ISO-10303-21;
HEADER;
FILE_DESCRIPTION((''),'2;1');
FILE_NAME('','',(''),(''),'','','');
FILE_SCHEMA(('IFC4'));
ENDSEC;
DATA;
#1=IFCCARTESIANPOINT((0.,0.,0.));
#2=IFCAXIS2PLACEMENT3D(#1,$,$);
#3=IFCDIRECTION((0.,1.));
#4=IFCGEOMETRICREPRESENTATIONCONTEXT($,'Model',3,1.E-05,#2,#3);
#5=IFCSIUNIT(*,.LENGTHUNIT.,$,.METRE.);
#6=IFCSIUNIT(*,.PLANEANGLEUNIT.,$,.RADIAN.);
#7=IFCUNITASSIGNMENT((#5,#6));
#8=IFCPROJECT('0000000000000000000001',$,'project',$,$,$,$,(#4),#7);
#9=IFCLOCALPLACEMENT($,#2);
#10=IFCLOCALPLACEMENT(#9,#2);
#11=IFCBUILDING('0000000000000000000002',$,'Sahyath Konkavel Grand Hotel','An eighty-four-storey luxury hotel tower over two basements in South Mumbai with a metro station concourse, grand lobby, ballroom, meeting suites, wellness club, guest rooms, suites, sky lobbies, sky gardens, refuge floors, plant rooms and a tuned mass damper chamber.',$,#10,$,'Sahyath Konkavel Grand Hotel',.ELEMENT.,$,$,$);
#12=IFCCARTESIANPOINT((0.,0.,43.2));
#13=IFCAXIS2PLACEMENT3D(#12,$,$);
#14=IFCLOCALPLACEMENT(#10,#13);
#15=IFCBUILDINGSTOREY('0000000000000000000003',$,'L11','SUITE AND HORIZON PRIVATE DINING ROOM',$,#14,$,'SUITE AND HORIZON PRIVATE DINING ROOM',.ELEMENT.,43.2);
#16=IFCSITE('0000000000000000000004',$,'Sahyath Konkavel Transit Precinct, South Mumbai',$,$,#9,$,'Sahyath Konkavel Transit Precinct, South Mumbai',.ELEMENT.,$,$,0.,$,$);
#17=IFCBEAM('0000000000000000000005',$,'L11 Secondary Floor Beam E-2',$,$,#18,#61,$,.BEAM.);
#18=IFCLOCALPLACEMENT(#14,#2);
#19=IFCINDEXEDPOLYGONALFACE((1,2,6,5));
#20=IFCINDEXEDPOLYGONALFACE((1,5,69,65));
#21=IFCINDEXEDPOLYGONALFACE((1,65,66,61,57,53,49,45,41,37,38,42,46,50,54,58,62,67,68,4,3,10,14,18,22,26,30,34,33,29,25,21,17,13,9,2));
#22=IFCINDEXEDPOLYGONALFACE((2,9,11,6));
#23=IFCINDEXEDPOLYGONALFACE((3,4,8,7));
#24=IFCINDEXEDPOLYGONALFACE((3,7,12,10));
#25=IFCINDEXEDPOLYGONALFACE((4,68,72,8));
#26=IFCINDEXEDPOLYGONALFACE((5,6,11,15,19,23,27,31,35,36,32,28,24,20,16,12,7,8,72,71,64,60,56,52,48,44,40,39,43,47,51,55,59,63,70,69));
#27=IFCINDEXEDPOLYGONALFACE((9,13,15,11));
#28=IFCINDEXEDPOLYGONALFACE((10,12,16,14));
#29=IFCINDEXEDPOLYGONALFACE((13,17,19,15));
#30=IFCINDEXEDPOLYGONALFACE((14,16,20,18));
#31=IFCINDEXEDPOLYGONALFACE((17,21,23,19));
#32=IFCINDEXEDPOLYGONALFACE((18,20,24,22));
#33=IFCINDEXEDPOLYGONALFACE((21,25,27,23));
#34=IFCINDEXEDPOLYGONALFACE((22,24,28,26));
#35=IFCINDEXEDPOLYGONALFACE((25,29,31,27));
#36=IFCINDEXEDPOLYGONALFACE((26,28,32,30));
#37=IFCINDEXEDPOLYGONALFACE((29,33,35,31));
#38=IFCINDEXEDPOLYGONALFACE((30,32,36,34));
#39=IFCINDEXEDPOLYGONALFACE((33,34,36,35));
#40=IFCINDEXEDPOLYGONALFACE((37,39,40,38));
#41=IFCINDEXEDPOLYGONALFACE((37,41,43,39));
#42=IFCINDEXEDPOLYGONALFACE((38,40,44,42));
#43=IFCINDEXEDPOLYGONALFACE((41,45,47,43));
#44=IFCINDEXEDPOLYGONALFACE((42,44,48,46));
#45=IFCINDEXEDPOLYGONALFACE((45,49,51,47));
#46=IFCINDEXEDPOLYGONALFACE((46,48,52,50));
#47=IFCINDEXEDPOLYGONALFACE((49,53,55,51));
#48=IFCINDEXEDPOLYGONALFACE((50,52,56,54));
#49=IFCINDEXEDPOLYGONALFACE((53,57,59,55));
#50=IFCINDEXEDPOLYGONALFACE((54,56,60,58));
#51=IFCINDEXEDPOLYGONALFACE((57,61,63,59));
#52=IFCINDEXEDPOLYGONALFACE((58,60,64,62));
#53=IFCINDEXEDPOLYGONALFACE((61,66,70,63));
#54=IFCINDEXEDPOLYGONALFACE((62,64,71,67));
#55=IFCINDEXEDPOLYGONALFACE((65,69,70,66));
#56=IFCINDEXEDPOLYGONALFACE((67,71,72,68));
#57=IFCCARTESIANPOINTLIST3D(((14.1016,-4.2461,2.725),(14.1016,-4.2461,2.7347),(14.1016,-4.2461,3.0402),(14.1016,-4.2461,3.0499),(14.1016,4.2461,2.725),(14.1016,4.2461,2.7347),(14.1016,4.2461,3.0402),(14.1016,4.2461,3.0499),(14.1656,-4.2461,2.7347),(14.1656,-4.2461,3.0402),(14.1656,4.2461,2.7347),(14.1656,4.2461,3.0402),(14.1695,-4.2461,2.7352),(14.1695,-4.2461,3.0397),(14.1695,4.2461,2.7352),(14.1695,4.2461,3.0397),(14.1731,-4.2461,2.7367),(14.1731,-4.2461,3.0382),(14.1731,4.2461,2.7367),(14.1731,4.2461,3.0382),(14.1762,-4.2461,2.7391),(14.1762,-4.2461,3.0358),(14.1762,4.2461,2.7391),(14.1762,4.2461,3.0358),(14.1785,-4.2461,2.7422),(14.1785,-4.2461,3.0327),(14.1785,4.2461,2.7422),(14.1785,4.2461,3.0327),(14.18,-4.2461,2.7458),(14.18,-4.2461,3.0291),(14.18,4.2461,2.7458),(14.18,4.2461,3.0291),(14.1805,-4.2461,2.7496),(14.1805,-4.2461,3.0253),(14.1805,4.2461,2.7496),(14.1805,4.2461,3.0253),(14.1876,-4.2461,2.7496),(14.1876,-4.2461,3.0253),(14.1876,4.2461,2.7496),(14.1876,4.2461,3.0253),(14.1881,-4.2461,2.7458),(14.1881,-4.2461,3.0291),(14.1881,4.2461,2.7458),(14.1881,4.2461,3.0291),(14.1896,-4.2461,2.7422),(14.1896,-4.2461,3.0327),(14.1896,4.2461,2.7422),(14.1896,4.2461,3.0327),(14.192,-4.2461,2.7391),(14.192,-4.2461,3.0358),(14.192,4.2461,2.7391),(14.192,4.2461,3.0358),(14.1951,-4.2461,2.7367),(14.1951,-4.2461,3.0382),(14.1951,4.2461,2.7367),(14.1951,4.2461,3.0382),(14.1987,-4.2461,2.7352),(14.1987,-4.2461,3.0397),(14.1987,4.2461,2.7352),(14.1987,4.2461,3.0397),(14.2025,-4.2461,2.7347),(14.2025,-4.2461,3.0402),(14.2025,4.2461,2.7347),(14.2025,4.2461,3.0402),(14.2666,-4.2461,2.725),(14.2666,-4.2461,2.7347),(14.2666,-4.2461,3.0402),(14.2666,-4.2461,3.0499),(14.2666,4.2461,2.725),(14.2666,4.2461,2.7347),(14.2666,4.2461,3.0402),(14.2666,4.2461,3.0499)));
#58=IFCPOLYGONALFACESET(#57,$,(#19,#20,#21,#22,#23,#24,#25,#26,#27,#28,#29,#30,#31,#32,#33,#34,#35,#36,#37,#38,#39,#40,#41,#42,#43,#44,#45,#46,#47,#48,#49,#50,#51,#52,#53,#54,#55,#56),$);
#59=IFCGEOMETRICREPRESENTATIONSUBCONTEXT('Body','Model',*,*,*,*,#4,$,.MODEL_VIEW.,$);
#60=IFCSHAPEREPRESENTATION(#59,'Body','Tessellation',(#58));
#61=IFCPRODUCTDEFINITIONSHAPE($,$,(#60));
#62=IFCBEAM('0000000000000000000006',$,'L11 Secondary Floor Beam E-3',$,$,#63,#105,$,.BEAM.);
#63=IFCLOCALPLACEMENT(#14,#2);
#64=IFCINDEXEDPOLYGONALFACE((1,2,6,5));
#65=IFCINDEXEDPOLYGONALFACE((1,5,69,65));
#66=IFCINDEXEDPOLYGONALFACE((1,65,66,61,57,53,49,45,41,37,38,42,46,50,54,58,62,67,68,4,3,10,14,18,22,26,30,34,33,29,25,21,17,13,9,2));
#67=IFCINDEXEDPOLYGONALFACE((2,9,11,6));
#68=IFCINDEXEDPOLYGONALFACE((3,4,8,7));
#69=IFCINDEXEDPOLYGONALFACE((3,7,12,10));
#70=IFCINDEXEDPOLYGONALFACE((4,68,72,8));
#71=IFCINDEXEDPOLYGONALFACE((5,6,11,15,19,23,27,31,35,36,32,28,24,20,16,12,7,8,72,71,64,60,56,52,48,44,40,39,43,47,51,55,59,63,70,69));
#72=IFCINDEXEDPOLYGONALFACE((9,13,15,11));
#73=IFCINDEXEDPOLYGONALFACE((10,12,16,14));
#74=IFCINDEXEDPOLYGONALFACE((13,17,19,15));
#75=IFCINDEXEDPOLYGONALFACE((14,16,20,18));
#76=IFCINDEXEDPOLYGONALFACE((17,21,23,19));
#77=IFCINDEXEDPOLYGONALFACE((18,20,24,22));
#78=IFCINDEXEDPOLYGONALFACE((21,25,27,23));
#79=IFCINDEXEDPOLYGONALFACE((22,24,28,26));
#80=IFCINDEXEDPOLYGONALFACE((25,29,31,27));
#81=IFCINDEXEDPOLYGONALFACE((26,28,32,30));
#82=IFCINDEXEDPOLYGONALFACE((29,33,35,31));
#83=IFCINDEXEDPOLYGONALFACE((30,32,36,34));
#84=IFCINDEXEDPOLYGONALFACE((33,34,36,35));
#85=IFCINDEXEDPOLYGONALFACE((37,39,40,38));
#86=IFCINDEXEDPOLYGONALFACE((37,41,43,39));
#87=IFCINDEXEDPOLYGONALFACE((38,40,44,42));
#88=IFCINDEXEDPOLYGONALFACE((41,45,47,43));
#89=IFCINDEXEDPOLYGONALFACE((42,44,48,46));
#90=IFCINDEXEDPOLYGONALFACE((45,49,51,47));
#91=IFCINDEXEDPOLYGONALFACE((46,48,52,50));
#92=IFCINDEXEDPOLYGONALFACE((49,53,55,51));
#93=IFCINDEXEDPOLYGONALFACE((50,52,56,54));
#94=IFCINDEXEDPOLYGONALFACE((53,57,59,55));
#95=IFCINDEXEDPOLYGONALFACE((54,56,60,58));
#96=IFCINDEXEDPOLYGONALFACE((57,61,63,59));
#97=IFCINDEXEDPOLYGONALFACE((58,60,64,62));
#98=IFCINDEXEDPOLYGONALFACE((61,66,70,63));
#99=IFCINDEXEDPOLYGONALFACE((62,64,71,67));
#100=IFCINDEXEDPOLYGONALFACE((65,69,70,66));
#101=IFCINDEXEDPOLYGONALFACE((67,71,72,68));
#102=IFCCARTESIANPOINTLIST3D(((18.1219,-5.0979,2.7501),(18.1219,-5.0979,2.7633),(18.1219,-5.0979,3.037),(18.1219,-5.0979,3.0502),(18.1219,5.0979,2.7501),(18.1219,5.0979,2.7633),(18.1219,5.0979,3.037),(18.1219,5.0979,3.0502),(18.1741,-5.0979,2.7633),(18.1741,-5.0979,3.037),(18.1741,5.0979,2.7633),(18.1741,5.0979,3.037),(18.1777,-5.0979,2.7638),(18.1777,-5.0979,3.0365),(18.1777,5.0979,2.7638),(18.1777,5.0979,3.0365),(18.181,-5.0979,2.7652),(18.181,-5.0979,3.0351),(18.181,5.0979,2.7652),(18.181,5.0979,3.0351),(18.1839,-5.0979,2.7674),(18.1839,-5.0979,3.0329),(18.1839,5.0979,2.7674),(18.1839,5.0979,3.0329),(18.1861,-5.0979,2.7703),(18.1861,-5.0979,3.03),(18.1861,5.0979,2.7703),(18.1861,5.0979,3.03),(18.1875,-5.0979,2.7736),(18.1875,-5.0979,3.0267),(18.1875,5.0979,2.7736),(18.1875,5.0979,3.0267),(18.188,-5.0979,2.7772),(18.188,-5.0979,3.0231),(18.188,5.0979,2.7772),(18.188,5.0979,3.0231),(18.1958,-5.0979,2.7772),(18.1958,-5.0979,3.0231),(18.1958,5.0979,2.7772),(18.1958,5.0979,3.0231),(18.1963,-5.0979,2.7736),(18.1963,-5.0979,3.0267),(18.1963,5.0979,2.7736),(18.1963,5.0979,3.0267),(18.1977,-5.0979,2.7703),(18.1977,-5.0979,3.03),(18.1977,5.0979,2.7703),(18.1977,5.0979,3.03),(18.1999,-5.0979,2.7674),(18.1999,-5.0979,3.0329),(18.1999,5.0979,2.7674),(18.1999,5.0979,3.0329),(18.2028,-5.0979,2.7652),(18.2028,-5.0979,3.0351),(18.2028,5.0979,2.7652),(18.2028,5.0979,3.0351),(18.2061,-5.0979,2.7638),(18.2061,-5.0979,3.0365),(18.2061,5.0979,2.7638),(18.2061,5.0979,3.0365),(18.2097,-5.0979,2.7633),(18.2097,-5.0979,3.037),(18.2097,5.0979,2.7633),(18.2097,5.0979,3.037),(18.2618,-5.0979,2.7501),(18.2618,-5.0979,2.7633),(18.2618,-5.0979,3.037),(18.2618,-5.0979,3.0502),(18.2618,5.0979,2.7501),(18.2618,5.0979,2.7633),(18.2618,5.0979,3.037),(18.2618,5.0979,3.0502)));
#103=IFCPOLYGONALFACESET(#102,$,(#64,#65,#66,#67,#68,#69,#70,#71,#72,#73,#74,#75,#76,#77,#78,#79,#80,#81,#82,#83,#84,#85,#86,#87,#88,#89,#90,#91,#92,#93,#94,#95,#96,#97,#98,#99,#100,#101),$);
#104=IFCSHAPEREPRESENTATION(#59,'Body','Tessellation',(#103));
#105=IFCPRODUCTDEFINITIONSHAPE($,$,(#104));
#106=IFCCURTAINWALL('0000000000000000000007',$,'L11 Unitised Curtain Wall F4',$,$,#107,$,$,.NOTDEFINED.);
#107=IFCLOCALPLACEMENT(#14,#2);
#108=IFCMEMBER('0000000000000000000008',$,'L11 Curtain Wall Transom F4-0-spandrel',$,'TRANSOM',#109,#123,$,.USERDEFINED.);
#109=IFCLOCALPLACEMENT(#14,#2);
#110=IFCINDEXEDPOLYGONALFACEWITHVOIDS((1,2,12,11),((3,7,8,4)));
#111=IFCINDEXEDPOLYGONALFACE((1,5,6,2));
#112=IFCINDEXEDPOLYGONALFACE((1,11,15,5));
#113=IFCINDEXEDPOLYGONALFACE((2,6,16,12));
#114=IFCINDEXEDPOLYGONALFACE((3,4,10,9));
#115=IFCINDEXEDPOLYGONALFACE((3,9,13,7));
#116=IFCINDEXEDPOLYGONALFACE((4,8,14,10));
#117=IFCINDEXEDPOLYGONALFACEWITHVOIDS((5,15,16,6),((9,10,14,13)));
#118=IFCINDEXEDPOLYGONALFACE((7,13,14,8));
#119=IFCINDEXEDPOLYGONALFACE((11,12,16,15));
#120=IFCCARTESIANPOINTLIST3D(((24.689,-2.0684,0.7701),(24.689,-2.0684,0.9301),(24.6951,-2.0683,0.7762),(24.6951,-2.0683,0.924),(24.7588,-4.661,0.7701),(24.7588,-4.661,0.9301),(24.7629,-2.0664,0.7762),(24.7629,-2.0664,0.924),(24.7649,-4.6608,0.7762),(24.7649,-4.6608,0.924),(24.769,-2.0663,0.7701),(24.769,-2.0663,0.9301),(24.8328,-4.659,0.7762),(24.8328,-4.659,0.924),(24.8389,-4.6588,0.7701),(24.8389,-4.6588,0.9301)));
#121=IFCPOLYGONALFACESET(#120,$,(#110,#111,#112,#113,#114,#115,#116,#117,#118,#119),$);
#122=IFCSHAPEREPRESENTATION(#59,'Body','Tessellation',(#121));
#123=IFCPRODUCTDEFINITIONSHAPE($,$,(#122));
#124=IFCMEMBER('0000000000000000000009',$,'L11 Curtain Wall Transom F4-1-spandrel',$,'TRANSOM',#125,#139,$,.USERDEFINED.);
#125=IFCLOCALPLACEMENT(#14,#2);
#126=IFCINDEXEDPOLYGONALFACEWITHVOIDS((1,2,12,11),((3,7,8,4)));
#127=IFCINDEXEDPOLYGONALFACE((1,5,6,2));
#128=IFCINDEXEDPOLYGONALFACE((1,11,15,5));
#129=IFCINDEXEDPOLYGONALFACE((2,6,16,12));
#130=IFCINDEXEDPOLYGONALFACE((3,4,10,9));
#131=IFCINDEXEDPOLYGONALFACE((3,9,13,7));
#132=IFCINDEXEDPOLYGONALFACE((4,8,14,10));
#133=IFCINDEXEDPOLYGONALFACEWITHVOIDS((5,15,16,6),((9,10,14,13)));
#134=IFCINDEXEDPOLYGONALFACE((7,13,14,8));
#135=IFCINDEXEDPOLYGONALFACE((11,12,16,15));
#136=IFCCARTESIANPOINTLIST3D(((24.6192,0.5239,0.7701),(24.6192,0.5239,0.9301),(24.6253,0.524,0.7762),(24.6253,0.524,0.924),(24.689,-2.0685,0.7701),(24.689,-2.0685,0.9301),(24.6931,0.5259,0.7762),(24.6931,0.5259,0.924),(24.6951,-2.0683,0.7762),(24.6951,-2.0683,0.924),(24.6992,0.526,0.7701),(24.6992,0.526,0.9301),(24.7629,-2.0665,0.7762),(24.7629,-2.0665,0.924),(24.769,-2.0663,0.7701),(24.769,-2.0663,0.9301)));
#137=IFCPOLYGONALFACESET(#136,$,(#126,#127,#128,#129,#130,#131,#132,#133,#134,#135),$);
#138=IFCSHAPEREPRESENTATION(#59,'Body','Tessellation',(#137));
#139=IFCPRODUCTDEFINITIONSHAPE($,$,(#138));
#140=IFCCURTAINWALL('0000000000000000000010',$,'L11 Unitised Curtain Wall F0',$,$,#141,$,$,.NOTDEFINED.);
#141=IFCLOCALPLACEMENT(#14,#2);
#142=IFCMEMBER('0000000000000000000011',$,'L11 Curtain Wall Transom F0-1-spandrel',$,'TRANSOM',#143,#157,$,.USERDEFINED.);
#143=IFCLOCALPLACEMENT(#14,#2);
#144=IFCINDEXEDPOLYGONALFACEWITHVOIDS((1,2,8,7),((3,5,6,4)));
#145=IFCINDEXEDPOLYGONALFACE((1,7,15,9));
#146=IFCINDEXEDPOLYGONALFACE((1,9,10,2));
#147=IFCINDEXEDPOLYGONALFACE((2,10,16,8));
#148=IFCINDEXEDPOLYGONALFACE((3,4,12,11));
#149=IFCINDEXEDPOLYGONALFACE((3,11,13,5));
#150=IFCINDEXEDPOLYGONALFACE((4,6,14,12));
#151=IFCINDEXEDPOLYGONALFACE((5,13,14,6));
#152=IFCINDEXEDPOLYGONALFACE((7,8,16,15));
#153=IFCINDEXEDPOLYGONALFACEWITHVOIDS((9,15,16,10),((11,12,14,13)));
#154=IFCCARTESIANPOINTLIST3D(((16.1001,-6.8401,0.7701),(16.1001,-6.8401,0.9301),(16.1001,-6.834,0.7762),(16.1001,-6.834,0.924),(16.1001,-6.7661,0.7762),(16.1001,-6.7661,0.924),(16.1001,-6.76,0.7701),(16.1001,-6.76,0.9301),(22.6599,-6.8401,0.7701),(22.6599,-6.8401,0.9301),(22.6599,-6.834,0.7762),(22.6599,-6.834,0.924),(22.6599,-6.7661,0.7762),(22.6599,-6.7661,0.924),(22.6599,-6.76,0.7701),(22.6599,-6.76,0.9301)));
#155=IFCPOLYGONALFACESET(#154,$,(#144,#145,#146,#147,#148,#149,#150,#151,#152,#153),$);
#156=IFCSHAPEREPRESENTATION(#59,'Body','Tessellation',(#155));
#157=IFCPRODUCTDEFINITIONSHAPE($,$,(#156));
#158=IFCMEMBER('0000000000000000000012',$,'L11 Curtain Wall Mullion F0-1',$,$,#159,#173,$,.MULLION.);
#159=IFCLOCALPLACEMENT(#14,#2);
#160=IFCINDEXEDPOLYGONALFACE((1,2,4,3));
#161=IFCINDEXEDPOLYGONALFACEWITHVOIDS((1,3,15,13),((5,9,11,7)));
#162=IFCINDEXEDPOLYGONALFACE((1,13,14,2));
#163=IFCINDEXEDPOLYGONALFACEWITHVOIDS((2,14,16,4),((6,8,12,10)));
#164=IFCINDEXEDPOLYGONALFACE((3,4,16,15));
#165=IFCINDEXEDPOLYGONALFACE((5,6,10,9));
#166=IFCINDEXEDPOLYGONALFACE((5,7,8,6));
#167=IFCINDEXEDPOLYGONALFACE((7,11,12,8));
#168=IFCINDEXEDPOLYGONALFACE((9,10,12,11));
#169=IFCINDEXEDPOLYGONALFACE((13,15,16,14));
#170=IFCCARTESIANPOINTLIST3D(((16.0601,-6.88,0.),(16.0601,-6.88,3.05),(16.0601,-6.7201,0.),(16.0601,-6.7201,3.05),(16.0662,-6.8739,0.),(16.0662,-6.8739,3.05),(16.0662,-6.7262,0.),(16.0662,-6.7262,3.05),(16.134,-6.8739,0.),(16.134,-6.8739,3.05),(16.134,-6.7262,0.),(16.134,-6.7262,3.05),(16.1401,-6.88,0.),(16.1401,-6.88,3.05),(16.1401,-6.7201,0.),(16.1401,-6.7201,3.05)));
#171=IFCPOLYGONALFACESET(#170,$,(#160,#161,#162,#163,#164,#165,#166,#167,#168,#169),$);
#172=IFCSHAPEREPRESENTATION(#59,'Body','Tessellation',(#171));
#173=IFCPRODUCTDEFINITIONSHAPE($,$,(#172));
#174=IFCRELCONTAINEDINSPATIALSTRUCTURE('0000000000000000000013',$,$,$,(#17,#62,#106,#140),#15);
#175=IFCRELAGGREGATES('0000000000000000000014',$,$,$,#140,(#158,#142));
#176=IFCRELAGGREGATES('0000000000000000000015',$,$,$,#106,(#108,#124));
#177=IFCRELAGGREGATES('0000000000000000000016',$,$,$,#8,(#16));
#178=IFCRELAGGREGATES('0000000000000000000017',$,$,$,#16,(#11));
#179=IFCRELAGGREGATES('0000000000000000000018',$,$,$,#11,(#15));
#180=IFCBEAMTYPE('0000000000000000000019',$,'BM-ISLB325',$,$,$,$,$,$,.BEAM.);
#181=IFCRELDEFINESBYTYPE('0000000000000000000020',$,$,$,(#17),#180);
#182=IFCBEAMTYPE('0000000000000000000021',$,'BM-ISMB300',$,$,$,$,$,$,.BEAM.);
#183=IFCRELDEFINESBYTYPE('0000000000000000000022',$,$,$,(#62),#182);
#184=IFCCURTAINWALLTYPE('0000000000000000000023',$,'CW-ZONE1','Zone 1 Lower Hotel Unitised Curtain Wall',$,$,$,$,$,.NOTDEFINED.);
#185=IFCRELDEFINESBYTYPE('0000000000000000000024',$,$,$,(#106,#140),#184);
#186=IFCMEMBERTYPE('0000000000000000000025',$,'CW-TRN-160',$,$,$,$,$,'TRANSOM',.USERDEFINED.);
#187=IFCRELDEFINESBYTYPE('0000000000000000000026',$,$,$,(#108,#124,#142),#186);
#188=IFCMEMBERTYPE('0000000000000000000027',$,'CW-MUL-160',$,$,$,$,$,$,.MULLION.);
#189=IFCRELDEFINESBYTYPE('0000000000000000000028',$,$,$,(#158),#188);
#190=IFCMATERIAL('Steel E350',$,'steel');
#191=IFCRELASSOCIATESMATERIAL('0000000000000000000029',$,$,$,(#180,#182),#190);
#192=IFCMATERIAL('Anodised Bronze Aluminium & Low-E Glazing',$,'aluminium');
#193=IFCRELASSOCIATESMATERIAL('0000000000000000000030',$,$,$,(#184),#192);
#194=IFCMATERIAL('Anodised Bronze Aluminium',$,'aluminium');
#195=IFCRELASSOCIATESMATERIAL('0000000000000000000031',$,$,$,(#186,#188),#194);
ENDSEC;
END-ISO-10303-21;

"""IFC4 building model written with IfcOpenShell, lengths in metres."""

from ifc_helpers import new_model, si_unit, direction, frame, origin, origin_2d, place, context, subcontext, project, spatial, hollow_rectangle, i_section, extrude, source, transform, mapped, material, material_profile, profile_set, type_object, element, aggregate, save


model = new_model("IFC4")

# Units and contexts
model_context = context("Model", 3, precision=1e-05, world=origin(), true_north=direction((0.0, 1.0)))
body_context = subcontext(model_context, "Body", "Model", "MODEL_VIEW")
ifc_project = project(units=[si_unit("LENGTHUNIT", "METRE"), si_unit("PLANEANGLEUNIT", "RADIAN")], contexts=[model_context])

# Site, building, storey
site_placement = place(None, origin())
site = spatial("IfcSite", under=ifc_project, at=site_placement, Name="Sahyath Konkavel Transit Precinct, South Mumbai", LongName="Sahyath Konkavel Transit Precinct, South Mumbai", CompositionType="ELEMENT", RefElevation=0.0)
building_placement = place(site_placement, origin())
building = spatial("IfcBuilding", under=site, at=building_placement, Name="Sahyath Konkavel Grand Hotel", Description="An eighty-four-storey luxury hotel tower over two basements in South Mumbai with a metro station concourse, grand lobby, ballroom, meeting suites, wellness club, guest rooms, suites, sky lobbies, sky gardens, refuge floors, plant rooms and a tuned mass damper chamber.", LongName="Sahyath Konkavel Grand Hotel", CompositionType="ELEMENT")
storey_placement = place(building_placement, frame((0.0, 0.0, 43.2)))
storey = spatial("IfcBuildingStorey", under=building, at=storey_placement, Name="L11", Description="SUITE AND HORIZON PRIVATE DINING ROOM", LongName="SUITE AND HORIZON PRIVATE DINING ROOM", CompositionType="ELEMENT", Elevation=43.2)

# Beams
ifc_material_1 = material(Name="Steel E350", Category="steel")
ifc_material_profile_1 = material_profile(ifc_material_1, i_section(OverallWidth=0.165, OverallDepth=0.325, WebThickness=0.0071, FlangeThickness=0.0098, FilletRadius=0.0149, at=origin_2d()), Name="ISLB 325")
ifc_profile_set_1 = profile_set([ifc_material_profile_1], Name="Steel E350")
beam_type_1 = type_object("IfcBeamType", Name="BM-ISLB325", PredefinedType="BEAM", material=ifc_profile_set_1)
shared_shape_1 = source(origin(), body_context, "Body", "SweptSolid", [
    extrude(i_section(OverallWidth=0.165, OverallDepth=0.325, WebThickness=0.0071, FlangeThickness=0.0098, FilletRadius=0.0149, at=origin_2d()), origin(), (0.0, 0.0, 1.0), 8.4922),
])
beam_1_placement = place(storey_placement, frame((14.1841, -4.2461, 2.8875), z_axis=(0.0, 1.0, 0.0), x_axis=(-1.0, 0.0, 0.0)))
element("IfcBeam", 1, at=beam_1_placement, inside=storey, type_object=beam_type_1, Name="L11 Secondary Floor Beam E-2", PredefinedType="BEAM", context=body_context, shape_type="MappedRepresentation", body=[
    mapped(shared_shape_1, transform((0.0, 0.0, 0.0), scale=1.0)),
])
ifc_material_profile_2 = material_profile(ifc_material_1, i_section(OverallWidth=0.1399, OverallDepth=0.3, WebThickness=0.0078, FlangeThickness=0.0132, FilletRadius=0.0139, at=origin_2d()), Name="ISMB 300")
ifc_profile_set_2 = profile_set([ifc_material_profile_2], Name="Steel E350")
beam_type_2 = type_object("IfcBeamType", Name="BM-ISMB300", PredefinedType="BEAM", material=ifc_profile_set_2)
shared_shape_2 = source(origin(), body_context, "Body", "SweptSolid", [
    extrude(i_section(OverallWidth=0.1399, OverallDepth=0.3, WebThickness=0.0078, FlangeThickness=0.0132, FilletRadius=0.0139, at=origin_2d()), origin(), (0.0, 0.0, 1.0), 10.1958),
])
beam_2_placement = place(storey_placement, frame((18.1919, -5.0979, 2.9001), z_axis=(0.0, 1.0, 0.0), x_axis=(-1.0, 0.0, 0.0)))
element("IfcBeam", 2, at=beam_2_placement, inside=storey, type_object=beam_type_2, Name="L11 Secondary Floor Beam E-3", PredefinedType="BEAM", context=body_context, shape_type="MappedRepresentation", body=[
    mapped(shared_shape_2, transform((0.0, 0.0, 0.0), scale=1.0)),
])

# Curtain walls, members
ifc_material_2 = material(Name="Anodised Bronze Aluminium & Low-E Glazing", Category="aluminium")
curtain_wall_type = type_object("IfcCurtainWallType", Name="CW-ZONE1", Description="Zone 1 Lower Hotel Unitised Curtain Wall", PredefinedType="NOTDEFINED", material=ifc_material_2)
curtain_wall_1_placement = place(storey_placement, origin())
curtain_wall_1 = element("IfcCurtainWall", 3, at=curtain_wall_1_placement, inside=storey, type_object=curtain_wall_type, Name="L11 Unitised Curtain Wall F4", PredefinedType="NOTDEFINED")
ifc_material_3 = material(Name="Anodised Bronze Aluminium", Category="aluminium")
ifc_material_profile_3 = material_profile(ifc_material_3, hollow_rectangle(XDim=0.0801, YDim=0.1599, WallThickness=0.0061, at=origin_2d()), Name="RHS 160x80x6")
ifc_profile_set_3 = profile_set([ifc_material_profile_3], Name="Anodised Bronze Aluminium")
member_type_1 = type_object("IfcMemberType", Name="CW-TRN-160", ElementType="TRANSOM", PredefinedType="USERDEFINED", material=ifc_profile_set_3)
shared_shape_3 = source(origin(), body_context, "Body", "SweptSolid", [
    extrude(hollow_rectangle(XDim=0.0801, YDim=0.1599, WallThickness=0.0061, at=origin_2d()), origin(), (0.0, 0.0, 1.0), 2.5935),
])
member_1_placement = place(storey_placement, frame((24.7988, -4.6599, 0.8501), z_axis=(-0.026923, 0.999638, 0.0), x_axis=(-0.999638, -0.026923, 0.0)))
member_1 = element("IfcMember", 4, at=member_1_placement, type_object=member_type_1, Name="L11 Curtain Wall Transom F4-0-spandrel", ObjectType="TRANSOM", PredefinedType="USERDEFINED", context=body_context, shape_type="MappedRepresentation", body=[
    mapped(shared_shape_3, transform((0.0, 0.0, 0.0), scale=1.0)),
])
shared_shape_4 = source(origin(), body_context, "Body", "SweptSolid", [
    extrude(hollow_rectangle(XDim=0.0801, YDim=0.1599, WallThickness=0.0061, at=origin_2d()), origin(), (0.0, 0.0, 1.0), 2.5933),
])
member_2_placement = place(storey_placement, frame((24.729, -2.0674, 0.8501), z_axis=(-0.026926, 0.999637, 0.0), x_axis=(-0.999637, -0.026926, 0.0)))
member_2 = element("IfcMember", 5, at=member_2_placement, type_object=member_type_1, Name="L11 Curtain Wall Transom F4-1-spandrel", ObjectType="TRANSOM", PredefinedType="USERDEFINED", context=body_context, shape_type="MappedRepresentation", body=[
    mapped(shared_shape_4, transform((0.0, 0.0, 0.0), scale=1.0)),
])
curtain_wall_2_placement = place(storey_placement, origin())
curtain_wall_2 = element("IfcCurtainWall", 6, at=curtain_wall_2_placement, inside=storey, type_object=curtain_wall_type, Name="L11 Unitised Curtain Wall F0", PredefinedType="NOTDEFINED")
shared_shape_5 = source(origin(), body_context, "Body", "SweptSolid", [
    extrude(hollow_rectangle(XDim=0.0801, YDim=0.1599, WallThickness=0.0061, at=origin_2d()), origin(), (0.0, 0.0, 1.0), 6.5598),
])
member_3_placement = place(storey_placement, frame((16.1001, -6.8, 0.8501), z_axis=(1.0, 0.0, 0.0), x_axis=(0.0, 1.0, 0.0)))
member_3 = element("IfcMember", 7, at=member_3_placement, type_object=member_type_1, Name="L11 Curtain Wall Transom F0-1-spandrel", ObjectType="TRANSOM", PredefinedType="USERDEFINED", context=body_context, shape_type="MappedRepresentation", body=[
    mapped(shared_shape_5, transform((0.0, 0.0, 0.0), scale=1.0)),
])
ifc_material_profile_4 = material_profile(ifc_material_3, hollow_rectangle(XDim=0.0801, YDim=0.1599, WallThickness=0.0061, at=origin_2d()), Name="RHS 160x80x6")
ifc_profile_set_4 = profile_set([ifc_material_profile_4], Name="Anodised Bronze Aluminium")
member_type_2 = type_object("IfcMemberType", Name="CW-MUL-160", PredefinedType="MULLION", material=ifc_profile_set_4)
shared_shape_6 = source(origin(), body_context, "Body", "SweptSolid", [
    extrude(hollow_rectangle(XDim=0.0801, YDim=0.1599, WallThickness=0.0061, at=origin_2d()), origin(), (0.0, 0.0, 1.0), 3.05),
])
member_4_placement = place(storey_placement, frame((16.1001, -6.8, 0.0), z_axis=(0.0, 0.0, 1.0), x_axis=(1.0, 0.0, 0.0)))
member_4 = element("IfcMember", 8, at=member_4_placement, type_object=member_type_2, Name="L11 Curtain Wall Mullion F0-1", PredefinedType="MULLION", context=body_context, shape_type="MappedRepresentation", body=[
    mapped(shared_shape_6, transform((0.0, 0.0, 0.0), scale=1.0)),
])

aggregate(curtain_wall_2, [member_4, member_3])
aggregate(curtain_wall_1, [member_1, member_2])

save(model, "model.ifc")
